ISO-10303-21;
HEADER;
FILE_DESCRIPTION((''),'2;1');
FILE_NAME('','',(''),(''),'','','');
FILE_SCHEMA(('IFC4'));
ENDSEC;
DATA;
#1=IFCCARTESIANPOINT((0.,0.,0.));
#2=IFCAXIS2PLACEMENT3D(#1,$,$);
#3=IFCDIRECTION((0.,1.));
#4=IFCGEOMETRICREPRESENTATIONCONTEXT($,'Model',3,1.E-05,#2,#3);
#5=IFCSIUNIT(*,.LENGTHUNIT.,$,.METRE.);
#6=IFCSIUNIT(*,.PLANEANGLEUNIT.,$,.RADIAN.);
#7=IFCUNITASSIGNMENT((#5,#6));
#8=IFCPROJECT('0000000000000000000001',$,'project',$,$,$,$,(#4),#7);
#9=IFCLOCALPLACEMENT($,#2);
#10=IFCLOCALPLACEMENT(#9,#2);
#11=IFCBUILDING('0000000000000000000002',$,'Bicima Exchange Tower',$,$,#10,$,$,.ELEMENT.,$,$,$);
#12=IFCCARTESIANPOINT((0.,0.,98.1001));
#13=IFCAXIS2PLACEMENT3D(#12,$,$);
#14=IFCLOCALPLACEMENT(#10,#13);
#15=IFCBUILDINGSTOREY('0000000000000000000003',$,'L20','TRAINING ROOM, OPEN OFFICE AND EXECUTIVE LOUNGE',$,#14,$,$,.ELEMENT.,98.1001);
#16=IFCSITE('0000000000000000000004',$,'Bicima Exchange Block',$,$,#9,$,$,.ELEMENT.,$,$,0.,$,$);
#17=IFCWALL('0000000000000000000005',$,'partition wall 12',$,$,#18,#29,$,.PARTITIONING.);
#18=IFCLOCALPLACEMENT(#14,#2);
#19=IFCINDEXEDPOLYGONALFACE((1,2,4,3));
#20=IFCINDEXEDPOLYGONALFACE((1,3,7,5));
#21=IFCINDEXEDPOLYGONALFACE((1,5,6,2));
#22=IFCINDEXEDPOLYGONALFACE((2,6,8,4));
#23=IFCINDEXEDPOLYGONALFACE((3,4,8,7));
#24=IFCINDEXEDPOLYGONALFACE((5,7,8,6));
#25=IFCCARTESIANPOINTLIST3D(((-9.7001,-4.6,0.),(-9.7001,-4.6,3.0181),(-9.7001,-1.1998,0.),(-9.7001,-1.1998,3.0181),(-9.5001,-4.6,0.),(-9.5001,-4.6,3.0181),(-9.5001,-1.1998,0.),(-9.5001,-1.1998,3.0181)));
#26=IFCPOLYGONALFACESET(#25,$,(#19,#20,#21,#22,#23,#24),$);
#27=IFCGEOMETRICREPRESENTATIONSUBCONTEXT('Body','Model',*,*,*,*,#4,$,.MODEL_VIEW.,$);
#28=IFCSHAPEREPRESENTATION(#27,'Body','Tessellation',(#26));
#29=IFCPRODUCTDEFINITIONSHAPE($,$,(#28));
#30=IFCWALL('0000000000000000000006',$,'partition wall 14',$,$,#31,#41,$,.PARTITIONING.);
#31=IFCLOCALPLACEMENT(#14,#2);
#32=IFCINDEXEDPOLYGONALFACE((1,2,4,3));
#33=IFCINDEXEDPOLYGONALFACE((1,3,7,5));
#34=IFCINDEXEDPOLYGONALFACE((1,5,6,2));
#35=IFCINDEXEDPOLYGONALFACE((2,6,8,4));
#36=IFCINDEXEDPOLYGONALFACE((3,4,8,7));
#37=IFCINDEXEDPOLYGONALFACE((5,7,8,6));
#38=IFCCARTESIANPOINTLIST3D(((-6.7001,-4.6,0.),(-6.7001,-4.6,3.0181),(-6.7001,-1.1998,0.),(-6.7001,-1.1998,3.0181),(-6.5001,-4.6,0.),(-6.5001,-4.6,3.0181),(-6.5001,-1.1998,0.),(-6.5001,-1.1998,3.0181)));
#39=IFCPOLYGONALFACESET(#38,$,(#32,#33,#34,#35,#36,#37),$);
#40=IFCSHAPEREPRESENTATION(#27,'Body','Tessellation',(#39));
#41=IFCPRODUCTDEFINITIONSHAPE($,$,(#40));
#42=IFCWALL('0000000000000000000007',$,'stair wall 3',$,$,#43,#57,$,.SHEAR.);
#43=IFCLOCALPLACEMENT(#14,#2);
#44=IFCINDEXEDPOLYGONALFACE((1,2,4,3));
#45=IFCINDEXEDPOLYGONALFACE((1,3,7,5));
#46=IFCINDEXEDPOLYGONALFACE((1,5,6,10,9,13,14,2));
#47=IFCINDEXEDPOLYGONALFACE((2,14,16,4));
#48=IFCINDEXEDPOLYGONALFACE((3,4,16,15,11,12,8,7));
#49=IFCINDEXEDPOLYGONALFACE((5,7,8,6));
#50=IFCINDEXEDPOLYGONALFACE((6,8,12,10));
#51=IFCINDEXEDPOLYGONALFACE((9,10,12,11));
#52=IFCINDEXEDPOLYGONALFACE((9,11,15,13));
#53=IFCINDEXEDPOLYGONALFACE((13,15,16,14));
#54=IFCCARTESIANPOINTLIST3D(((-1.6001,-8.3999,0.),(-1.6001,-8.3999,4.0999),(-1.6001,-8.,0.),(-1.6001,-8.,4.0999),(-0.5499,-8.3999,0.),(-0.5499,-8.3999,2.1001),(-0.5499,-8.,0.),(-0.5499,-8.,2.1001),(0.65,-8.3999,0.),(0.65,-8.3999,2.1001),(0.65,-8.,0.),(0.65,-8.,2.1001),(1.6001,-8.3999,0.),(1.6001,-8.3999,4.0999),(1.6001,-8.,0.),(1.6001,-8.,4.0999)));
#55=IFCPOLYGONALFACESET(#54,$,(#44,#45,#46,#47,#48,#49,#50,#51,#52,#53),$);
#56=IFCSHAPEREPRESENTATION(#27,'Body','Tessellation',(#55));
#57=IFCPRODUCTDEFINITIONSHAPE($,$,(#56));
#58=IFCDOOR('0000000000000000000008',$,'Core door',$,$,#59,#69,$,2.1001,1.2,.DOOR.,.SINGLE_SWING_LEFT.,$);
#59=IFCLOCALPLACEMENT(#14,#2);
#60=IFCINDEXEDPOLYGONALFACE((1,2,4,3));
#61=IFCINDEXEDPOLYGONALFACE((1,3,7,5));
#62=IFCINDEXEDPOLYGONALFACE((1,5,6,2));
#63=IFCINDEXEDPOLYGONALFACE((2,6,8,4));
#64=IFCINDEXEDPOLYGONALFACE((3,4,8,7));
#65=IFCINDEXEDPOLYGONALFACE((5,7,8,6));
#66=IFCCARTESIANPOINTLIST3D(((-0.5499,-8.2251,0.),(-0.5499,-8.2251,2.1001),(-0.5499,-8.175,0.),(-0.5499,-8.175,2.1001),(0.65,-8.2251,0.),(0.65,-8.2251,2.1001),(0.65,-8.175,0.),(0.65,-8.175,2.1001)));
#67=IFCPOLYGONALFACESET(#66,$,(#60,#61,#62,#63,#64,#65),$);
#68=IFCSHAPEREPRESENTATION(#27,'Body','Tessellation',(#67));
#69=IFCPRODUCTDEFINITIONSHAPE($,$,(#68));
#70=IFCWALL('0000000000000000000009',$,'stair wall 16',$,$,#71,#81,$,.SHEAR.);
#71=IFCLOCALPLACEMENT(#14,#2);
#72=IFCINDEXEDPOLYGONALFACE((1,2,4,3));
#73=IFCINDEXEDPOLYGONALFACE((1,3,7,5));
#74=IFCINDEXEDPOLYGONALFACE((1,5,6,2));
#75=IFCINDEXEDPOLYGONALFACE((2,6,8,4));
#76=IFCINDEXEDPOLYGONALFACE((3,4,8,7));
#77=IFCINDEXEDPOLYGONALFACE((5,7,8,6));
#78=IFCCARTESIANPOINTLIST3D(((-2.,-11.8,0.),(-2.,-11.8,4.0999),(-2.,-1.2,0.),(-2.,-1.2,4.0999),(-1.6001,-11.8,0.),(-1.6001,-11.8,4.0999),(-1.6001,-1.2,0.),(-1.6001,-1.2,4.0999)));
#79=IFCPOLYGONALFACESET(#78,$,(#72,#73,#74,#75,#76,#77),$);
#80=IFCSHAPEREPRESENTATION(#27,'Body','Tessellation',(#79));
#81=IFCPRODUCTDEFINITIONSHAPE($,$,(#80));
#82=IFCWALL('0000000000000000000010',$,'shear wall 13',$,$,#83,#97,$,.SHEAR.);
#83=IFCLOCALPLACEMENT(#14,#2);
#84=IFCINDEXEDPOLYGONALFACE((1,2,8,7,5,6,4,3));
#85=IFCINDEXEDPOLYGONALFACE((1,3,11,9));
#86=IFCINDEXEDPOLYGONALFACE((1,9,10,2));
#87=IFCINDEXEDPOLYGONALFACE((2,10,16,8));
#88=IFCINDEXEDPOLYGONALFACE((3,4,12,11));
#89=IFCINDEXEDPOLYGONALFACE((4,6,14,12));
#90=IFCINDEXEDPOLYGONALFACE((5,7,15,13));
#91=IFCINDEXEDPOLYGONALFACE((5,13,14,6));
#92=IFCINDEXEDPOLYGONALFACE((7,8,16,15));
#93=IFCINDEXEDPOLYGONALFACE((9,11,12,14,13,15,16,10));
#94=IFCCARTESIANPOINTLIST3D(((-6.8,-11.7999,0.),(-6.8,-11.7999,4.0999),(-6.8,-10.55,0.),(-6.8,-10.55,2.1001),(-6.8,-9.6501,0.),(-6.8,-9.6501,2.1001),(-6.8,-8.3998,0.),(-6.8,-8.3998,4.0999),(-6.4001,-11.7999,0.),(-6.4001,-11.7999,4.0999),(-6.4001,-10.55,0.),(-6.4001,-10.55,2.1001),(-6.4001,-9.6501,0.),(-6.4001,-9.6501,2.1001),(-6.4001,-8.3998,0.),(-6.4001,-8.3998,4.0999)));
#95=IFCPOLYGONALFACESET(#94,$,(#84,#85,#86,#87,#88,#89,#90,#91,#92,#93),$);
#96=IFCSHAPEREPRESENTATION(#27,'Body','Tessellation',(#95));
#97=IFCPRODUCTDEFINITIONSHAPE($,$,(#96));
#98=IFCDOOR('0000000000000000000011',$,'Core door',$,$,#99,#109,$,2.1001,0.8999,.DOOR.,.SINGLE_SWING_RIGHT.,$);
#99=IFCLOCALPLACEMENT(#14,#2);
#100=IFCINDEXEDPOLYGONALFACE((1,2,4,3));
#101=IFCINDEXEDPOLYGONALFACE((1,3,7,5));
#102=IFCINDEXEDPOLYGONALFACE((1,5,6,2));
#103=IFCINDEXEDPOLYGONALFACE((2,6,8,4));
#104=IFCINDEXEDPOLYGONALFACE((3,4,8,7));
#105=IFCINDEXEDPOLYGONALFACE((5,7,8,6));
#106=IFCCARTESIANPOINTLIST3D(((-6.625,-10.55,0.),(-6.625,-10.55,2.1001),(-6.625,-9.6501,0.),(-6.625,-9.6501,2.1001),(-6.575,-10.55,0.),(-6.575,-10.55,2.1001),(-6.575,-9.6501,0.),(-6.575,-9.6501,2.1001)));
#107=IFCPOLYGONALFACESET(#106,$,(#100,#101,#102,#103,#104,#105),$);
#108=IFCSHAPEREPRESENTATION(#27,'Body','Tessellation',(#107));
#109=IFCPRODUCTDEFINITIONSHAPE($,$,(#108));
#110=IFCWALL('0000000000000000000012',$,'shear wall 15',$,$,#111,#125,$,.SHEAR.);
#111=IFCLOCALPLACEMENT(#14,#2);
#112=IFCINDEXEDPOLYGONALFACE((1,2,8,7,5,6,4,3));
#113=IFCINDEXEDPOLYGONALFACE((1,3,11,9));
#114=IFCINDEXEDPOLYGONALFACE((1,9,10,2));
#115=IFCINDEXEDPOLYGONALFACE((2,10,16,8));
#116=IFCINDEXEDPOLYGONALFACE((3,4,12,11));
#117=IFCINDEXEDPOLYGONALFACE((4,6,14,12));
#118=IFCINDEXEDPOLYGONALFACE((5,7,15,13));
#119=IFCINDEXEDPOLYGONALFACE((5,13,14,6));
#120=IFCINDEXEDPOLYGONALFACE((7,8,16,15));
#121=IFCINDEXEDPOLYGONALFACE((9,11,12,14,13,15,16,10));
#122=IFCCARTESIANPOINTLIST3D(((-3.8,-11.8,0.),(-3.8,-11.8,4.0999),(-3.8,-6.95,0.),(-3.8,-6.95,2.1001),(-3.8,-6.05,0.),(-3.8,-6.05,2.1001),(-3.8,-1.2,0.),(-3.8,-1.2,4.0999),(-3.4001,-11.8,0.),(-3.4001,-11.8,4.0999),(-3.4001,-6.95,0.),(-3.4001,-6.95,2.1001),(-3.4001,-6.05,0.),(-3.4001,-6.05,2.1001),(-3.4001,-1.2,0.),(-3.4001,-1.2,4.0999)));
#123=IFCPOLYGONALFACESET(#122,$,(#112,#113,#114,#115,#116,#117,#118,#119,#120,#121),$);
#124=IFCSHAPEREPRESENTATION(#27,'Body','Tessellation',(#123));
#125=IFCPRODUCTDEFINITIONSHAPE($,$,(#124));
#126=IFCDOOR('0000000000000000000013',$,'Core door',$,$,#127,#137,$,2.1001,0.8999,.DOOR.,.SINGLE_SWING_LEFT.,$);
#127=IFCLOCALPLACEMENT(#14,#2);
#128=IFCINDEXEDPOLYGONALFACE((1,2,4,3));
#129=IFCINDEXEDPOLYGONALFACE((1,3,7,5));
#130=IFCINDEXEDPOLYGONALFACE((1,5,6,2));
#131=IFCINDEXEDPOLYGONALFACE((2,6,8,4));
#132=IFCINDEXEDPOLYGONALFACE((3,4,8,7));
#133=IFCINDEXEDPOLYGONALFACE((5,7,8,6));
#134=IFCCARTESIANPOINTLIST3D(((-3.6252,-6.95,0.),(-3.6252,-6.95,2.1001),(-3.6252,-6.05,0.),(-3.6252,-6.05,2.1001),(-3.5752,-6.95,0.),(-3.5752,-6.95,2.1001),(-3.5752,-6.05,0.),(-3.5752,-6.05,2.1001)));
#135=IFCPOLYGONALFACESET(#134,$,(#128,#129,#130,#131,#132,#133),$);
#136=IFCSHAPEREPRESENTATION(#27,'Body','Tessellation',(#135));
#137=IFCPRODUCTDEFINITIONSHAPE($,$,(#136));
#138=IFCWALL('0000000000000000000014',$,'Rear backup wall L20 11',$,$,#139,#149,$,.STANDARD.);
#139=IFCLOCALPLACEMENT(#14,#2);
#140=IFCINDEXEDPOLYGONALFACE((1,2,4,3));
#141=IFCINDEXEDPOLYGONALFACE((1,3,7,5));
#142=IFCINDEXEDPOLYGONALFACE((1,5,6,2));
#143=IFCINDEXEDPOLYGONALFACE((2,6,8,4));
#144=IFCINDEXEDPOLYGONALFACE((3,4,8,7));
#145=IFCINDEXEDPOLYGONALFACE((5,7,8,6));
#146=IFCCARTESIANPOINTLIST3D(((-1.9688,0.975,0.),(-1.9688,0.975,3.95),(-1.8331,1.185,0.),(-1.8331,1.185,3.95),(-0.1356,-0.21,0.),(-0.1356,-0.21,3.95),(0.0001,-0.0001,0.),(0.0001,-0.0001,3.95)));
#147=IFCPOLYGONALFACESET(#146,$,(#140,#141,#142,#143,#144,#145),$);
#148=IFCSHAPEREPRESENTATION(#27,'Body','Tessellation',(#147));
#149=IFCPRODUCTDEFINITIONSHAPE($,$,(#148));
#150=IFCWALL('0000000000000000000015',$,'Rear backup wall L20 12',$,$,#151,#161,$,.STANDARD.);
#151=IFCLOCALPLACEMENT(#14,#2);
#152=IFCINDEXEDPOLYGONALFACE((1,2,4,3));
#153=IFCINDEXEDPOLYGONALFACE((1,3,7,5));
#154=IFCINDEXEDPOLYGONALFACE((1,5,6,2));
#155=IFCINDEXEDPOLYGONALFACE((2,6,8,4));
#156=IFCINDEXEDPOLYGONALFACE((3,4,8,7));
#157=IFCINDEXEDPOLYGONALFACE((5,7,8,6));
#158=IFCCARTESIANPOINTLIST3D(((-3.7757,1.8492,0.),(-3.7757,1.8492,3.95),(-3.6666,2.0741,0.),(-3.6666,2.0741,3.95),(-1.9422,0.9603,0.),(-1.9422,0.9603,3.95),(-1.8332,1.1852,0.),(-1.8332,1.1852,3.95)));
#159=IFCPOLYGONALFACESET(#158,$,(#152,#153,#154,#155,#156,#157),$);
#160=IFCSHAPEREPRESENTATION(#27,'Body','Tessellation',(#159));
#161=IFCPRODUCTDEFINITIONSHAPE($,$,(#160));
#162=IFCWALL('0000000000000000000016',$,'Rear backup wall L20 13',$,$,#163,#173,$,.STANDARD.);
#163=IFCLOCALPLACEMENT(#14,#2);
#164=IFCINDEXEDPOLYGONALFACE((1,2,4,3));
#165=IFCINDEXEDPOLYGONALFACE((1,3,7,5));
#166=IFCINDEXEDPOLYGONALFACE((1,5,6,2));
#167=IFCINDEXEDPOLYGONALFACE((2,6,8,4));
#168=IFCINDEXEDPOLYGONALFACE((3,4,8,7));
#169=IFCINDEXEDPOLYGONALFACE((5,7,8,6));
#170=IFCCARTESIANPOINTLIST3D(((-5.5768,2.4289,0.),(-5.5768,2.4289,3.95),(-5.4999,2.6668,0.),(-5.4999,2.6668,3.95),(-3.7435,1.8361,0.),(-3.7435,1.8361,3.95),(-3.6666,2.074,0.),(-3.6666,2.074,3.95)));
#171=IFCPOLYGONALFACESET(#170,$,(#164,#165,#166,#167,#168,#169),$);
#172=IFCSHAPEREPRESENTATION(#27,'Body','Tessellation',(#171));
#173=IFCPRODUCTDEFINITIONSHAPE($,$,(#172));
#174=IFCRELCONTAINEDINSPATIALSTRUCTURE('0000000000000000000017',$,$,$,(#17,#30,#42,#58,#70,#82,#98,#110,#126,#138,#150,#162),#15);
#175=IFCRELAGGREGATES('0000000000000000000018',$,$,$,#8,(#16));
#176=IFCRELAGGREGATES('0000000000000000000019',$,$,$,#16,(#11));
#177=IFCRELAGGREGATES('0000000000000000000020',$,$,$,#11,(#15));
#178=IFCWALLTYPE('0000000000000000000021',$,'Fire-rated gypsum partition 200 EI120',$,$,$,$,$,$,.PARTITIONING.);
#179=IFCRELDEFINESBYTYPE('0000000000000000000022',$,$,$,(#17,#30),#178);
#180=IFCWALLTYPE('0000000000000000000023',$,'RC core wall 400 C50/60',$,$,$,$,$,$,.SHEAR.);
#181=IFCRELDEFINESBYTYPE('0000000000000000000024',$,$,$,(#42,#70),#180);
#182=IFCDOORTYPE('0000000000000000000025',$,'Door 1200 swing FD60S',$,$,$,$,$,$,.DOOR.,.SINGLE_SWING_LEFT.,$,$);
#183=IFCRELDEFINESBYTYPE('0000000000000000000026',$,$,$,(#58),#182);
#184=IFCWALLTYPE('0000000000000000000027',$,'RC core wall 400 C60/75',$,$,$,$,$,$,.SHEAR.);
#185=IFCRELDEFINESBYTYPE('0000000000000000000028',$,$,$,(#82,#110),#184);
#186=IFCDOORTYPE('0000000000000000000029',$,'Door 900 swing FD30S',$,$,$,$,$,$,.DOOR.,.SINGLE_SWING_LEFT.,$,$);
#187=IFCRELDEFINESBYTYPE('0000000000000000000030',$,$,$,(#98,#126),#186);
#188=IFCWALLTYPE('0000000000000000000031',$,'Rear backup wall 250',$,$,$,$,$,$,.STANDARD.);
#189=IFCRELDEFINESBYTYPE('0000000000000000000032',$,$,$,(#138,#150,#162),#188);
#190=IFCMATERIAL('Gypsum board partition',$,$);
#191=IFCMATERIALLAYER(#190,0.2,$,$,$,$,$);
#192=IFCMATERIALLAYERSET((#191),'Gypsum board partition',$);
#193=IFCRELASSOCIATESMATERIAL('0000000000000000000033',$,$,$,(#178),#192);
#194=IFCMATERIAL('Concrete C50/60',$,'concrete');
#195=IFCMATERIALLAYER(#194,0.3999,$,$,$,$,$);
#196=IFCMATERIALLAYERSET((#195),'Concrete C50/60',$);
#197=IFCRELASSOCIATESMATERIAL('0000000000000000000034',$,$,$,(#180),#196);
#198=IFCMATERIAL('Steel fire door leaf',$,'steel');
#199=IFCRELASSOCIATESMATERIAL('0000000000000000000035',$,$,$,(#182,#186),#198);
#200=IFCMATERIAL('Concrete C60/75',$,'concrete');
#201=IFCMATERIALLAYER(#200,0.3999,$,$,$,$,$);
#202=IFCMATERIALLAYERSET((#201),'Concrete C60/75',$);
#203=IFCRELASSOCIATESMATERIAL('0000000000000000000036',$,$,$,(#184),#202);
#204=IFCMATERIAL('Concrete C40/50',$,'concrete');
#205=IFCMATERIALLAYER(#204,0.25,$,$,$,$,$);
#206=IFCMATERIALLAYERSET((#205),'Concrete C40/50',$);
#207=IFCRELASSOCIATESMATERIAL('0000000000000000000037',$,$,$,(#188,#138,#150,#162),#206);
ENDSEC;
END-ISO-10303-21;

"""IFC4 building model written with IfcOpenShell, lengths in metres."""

from ifc_helpers import new_model, si_unit, direction, frame, frame_2d, origin, place, context, subcontext, project, spatial, rectangle, extrude, material, layer, layer_set, layer_usage, type_object, element, fill, save


model = new_model("IFC4")

# Units and contexts
model_context = context("Model", 3, precision=1e-05, world=origin(), true_north=direction((0.0, 1.0)))
body_context = subcontext(model_context, "Body", "Model", "MODEL_VIEW")
ifc_project = project(units=[si_unit("LENGTHUNIT", "METRE"), si_unit("PLANEANGLEUNIT", "RADIAN")], contexts=[model_context])

# Site, building, storey
site_placement = place(None, origin())
site = spatial("IfcSite", under=ifc_project, at=site_placement, Name="Bicima Exchange Block", CompositionType="ELEMENT", RefElevation=0.0)
building_placement = place(site_placement, origin())
building = spatial("IfcBuilding", under=site, at=building_placement, Name="Bicima Exchange Tower", CompositionType="ELEMENT")
storey_placement = place(building_placement, frame((0.0, 0.0, 98.1001)))
storey = spatial("IfcBuildingStorey", under=building, at=storey_placement, Name="L20", Description="TRAINING ROOM, OPEN OFFICE AND EXECUTIVE LOUNGE", CompositionType="ELEMENT", Elevation=98.1001)

# Shared definitions
ifc_material_1 = material(Name="Concrete C40/50", Category="concrete")

# Walls
ifc_material_2 = material(Name="Gypsum board partition")
ifc_layer_1 = layer(ifc_material_2, 0.2)
ifc_layer_set_1 = layer_set([ifc_layer_1], Name="Gypsum board partition")
wall_type_1 = type_object("IfcWallType", Name="Fire-rated gypsum partition 200 EI120", PredefinedType="PARTITIONING", material=ifc_layer_set_1)
for number, where, z_axis, x_axis, name in (
    (1, (-9.6001, -4.6001, 0.0), (0.0, 0.0, 1.0), (0.0, 1.0, 0.0), "partition wall 12"),
    (2, (-6.6001, -4.6001, 0.0), (0.0, 0.0, 1.0), (0.0, 1.0, 0.0), "partition wall 14"),
):
    element("IfcWall", number, at=place(storey_placement, frame(where, z_axis=z_axis, x_axis=x_axis)), inside=storey, type_object=wall_type_1, Name=name, PredefinedType="PARTITIONING", context=body_context, shape_type="SweptSolid", body=[
        extrude(rectangle(XDim=3.4001, YDim=0.2, at=frame_2d((1.7002, 0.0))), origin(), (0.0, 0.0, 1.0), 3.0181),
    ])

# Wall, opening, door
ifc_material_3 = material(Name="Concrete C50/60", Category="concrete")
ifc_layer_2 = layer(ifc_material_3, 0.3999)
ifc_layer_set_2 = layer_set([ifc_layer_2], Name="Concrete C50/60")
wall_type_2 = type_object("IfcWallType", Name="RC core wall 400 C50/60", PredefinedType="SHEAR", material=ifc_layer_set_2)
wall_1_placement = place(storey_placement, frame((-1.6001, -8.2, 0.0), z_axis=(0.0, 0.0, 1.0), x_axis=(1.0, 0.0, 0.0)))
wall_1 = element("IfcWall", 3, at=wall_1_placement, inside=storey, type_object=wall_type_2, Name="stair wall 3", PredefinedType="SHEAR", context=body_context, shape_type="SweptSolid", body=[
    extrude(rectangle(XDim=3.2002, YDim=0.3999, at=frame_2d((1.6001, 0.0))), origin(), (0.0, 0.0, 1.0), 4.0999),
])
opening_1_placement = place(wall_1_placement, frame((1.05, 0.0, 0.0)))
opening_1 = element("IfcOpeningElement", 4, at=opening_1_placement, cuts=wall_1, PredefinedType="OPENING", context=body_context, shape_type="SweptSolid", body=[
    extrude(rectangle(XDim=1.2, YDim=2.1001, at=frame_2d((0.6001, 1.05))), frame((0.0, 0.2119, 0.0), z_axis=(0.0, -1.0, 0.0), x_axis=(1.0, 0.0, 0.0)), (0.0, 0.0, 1.0), 0.4238),
])
ifc_material_4 = material(Name="Steel fire door leaf", Category="steel")
door_type_1 = type_object("IfcDoorType", Name="Door 1200 swing FD60S", OperationType="SINGLE_SWING_LEFT", PredefinedType="DOOR", material=ifc_material_4)
door_1_placement = place(opening_1_placement, origin())
door_1 = element("IfcDoor", 5, at=door_1_placement, inside=storey, type_object=door_type_1, Name="Core door", OperationType="SINGLE_SWING_LEFT", OverallHeight=2.1001, OverallWidth=1.2, PredefinedType="DOOR", context=body_context, shape_type="SweptSolid", body=[
    extrude(rectangle(XDim=1.2, YDim=2.1001, at=frame_2d((0.6001, 1.05))), frame((0.0, 0.0249, 0.0), z_axis=(0.0, -1.0, 0.0), x_axis=(1.0, 0.0, 0.0)), (0.0, 0.0, 1.0), 0.05),
])
fill(opening_1, door_1)

# Wall
wall_2_placement = place(storey_placement, frame((-1.8, -11.8, 0.0), z_axis=(0.0, 0.0, 1.0), x_axis=(0.0, 1.0, 0.0)))
element("IfcWall", 6, at=wall_2_placement, inside=storey, type_object=wall_type_2, Name="stair wall 16", PredefinedType="SHEAR", context=body_context, shape_type="SweptSolid", body=[
    extrude(rectangle(XDim=10.6001, YDim=0.3999, at=frame_2d((5.3, 0.0))), origin(), (0.0, 0.0, 1.0), 4.0999),
])

# Walls, openings, doors
ifc_material_5 = material(Name="Concrete C60/75", Category="concrete")
ifc_layer_3 = layer(ifc_material_5, 0.3999)
ifc_layer_set_3 = layer_set([ifc_layer_3], Name="Concrete C60/75")
wall_type_3 = type_object("IfcWallType", Name="RC core wall 400 C60/75", PredefinedType="SHEAR", material=ifc_layer_set_3)
wall_3_placement = place(storey_placement, frame((-6.6001, -11.8, 0.0), z_axis=(0.0, 0.0, 1.0), x_axis=(0.0, 1.0, 0.0)))
wall_3 = element("IfcWall", 7, at=wall_3_placement, inside=storey, type_object=wall_type_3, Name="shear wall 13", PredefinedType="SHEAR", context=body_context, shape_type="SweptSolid", body=[
    extrude(rectangle(XDim=3.4001, YDim=0.3999, at=frame_2d((1.7002, 0.0))), origin(), (0.0, 0.0, 1.0), 4.0999),
])
opening_2_placement = place(wall_3_placement, frame((1.25, 0.0, 0.0)))
opening_2 = element("IfcOpeningElement", 8, at=opening_2_placement, cuts=wall_3, PredefinedType="OPENING", context=body_context, shape_type="SweptSolid", body=[
    extrude(rectangle(XDim=0.8999, YDim=2.1001, at=frame_2d((0.45, 1.05))), frame((0.0, 0.2119, 0.0), z_axis=(0.0, -1.0, 0.0), x_axis=(1.0, 0.0, 0.0)), (0.0, 0.0, 1.0), 0.4238),
])
door_type_2 = type_object("IfcDoorType", Name="Door 900 swing FD30S", OperationType="SINGLE_SWING_LEFT", PredefinedType="DOOR", material=ifc_material_4)
door_2_placement = place(opening_2_placement, origin())
door_2 = element("IfcDoor", 9, at=door_2_placement, inside=storey, type_object=door_type_2, Name="Core door", OperationType="SINGLE_SWING_RIGHT", OverallHeight=2.1001, OverallWidth=0.8999, PredefinedType="DOOR", context=body_context, shape_type="SweptSolid", body=[
    extrude(rectangle(XDim=0.8999, YDim=2.1001, at=frame_2d((0.45, 1.05))), frame((0.0, 0.0249, 0.0), z_axis=(0.0, -1.0, 0.0), x_axis=(1.0, 0.0, 0.0)), (0.0, 0.0, 1.0), 0.05),
])
fill(opening_2, door_2)
wall_4_placement = place(storey_placement, frame((-3.6001, -11.8, 0.0), z_axis=(0.0, 0.0, 1.0), x_axis=(0.0, 1.0, 0.0)))
wall_4 = element("IfcWall", 10, at=wall_4_placement, inside=storey, type_object=wall_type_3, Name="shear wall 15", PredefinedType="SHEAR", context=body_context, shape_type="SweptSolid", body=[
    extrude(rectangle(XDim=10.6001, YDim=0.3999, at=frame_2d((5.3, 0.0))), origin(), (0.0, 0.0, 1.0), 4.0999),
])
opening_3_placement = place(wall_4_placement, frame((4.8501, 0.0, 0.0)))
opening_3 = element("IfcOpeningElement", 11, at=opening_3_placement, cuts=wall_4, PredefinedType="OPENING", context=body_context, shape_type="SweptSolid", body=[
    extrude(rectangle(XDim=0.8999, YDim=2.1001, at=frame_2d((0.45, 1.05))), frame((0.0, 0.2119, 0.0), z_axis=(0.0, -1.0, 0.0), x_axis=(1.0, 0.0, 0.0)), (0.0, 0.0, 1.0), 0.4238),
])
door_3_placement = place(opening_3_placement, frame((0.8999, 0.0, 0.0), z_axis=(0.0, 0.0, 1.0), x_axis=(-1.0, 0.0, 0.0)))
door_3 = element("IfcDoor", 12, at=door_3_placement, inside=storey, type_object=door_type_2, Name="Core door", OperationType="SINGLE_SWING_LEFT", OverallHeight=2.1001, OverallWidth=0.8999, PredefinedType="DOOR", context=body_context, shape_type="SweptSolid", body=[
    extrude(rectangle(XDim=0.8999, YDim=2.1001, at=frame_2d((0.45, 1.05))), frame((0.0, 0.0249, 0.0), z_axis=(0.0, -1.0, 0.0), x_axis=(1.0, 0.0, 0.0)), (0.0, 0.0, 1.0), 0.05),
])
fill(opening_3, door_3)

# Walls
ifc_layer_4 = layer(ifc_material_1, 0.25)
ifc_layer_set_4 = layer_set([ifc_layer_4], Name="Concrete C40/50")
ifc_layer_usage = layer_usage(ifc_layer_set_4, "AXIS2", "POSITIVE", -0.125)
wall_type_4 = type_object("IfcWallType", Name="Rear backup wall 250", PredefinedType="STANDARD", material=ifc_layer_set_4)
wall_5_placement = place(storey_placement, frame((-0.0679, -0.105, 0.0), z_axis=(0.0, 0.0, 1.0), x_axis=(-0.839813, 0.542876, 0.0)))
element("IfcWall", 13, at=wall_5_placement, inside=storey, type_object=wall_type_4, material=ifc_layer_usage, Name="Rear backup wall L20 11", PredefinedType="STANDARD", context=body_context, shape_type="SweptSolid", body=[
    extrude(rectangle(XDim=2.1829, YDim=0.25, at=frame_2d((1.0913, 0.0))), origin(), (0.0, 0.0, 1.0), 3.95),
])
wall_6_placement = place(storey_placement, frame((-1.8877, 1.0728, 0.0), z_axis=(0.0, 0.0, 1.0), x_axis=(-0.899824, 0.436253, 0.0)))
element("IfcWall", 14, at=wall_6_placement, inside=storey, type_object=wall_type_4, material=ifc_layer_usage, Name="Rear backup wall L20 12", PredefinedType="STANDARD", context=body_context, shape_type="SweptSolid", body=[
    extrude(rectangle(XDim=2.0376, YDim=0.25, at=frame_2d((1.0188, 0.0))), origin(), (0.0, 0.0, 1.0), 3.95),
])
wall_7_placement = place(storey_placement, frame((-3.7051, 1.9551, 0.0), z_axis=(0.0, 0.0, 1.0), x_axis=(-0.951496, 0.307662, 0.0)))
element("IfcWall", 15, at=wall_7_placement, inside=storey, type_object=wall_type_4, material=ifc_layer_usage, Name="Rear backup wall L20 13", PredefinedType="STANDARD", context=body_context, shape_type="SweptSolid", body=[
    extrude(rectangle(XDim=1.9268, YDim=0.25, at=frame_2d((0.9634, 0.0))), origin(), (0.0, 0.0, 1.0), 3.95),
])

save(model, "model.ifc")
